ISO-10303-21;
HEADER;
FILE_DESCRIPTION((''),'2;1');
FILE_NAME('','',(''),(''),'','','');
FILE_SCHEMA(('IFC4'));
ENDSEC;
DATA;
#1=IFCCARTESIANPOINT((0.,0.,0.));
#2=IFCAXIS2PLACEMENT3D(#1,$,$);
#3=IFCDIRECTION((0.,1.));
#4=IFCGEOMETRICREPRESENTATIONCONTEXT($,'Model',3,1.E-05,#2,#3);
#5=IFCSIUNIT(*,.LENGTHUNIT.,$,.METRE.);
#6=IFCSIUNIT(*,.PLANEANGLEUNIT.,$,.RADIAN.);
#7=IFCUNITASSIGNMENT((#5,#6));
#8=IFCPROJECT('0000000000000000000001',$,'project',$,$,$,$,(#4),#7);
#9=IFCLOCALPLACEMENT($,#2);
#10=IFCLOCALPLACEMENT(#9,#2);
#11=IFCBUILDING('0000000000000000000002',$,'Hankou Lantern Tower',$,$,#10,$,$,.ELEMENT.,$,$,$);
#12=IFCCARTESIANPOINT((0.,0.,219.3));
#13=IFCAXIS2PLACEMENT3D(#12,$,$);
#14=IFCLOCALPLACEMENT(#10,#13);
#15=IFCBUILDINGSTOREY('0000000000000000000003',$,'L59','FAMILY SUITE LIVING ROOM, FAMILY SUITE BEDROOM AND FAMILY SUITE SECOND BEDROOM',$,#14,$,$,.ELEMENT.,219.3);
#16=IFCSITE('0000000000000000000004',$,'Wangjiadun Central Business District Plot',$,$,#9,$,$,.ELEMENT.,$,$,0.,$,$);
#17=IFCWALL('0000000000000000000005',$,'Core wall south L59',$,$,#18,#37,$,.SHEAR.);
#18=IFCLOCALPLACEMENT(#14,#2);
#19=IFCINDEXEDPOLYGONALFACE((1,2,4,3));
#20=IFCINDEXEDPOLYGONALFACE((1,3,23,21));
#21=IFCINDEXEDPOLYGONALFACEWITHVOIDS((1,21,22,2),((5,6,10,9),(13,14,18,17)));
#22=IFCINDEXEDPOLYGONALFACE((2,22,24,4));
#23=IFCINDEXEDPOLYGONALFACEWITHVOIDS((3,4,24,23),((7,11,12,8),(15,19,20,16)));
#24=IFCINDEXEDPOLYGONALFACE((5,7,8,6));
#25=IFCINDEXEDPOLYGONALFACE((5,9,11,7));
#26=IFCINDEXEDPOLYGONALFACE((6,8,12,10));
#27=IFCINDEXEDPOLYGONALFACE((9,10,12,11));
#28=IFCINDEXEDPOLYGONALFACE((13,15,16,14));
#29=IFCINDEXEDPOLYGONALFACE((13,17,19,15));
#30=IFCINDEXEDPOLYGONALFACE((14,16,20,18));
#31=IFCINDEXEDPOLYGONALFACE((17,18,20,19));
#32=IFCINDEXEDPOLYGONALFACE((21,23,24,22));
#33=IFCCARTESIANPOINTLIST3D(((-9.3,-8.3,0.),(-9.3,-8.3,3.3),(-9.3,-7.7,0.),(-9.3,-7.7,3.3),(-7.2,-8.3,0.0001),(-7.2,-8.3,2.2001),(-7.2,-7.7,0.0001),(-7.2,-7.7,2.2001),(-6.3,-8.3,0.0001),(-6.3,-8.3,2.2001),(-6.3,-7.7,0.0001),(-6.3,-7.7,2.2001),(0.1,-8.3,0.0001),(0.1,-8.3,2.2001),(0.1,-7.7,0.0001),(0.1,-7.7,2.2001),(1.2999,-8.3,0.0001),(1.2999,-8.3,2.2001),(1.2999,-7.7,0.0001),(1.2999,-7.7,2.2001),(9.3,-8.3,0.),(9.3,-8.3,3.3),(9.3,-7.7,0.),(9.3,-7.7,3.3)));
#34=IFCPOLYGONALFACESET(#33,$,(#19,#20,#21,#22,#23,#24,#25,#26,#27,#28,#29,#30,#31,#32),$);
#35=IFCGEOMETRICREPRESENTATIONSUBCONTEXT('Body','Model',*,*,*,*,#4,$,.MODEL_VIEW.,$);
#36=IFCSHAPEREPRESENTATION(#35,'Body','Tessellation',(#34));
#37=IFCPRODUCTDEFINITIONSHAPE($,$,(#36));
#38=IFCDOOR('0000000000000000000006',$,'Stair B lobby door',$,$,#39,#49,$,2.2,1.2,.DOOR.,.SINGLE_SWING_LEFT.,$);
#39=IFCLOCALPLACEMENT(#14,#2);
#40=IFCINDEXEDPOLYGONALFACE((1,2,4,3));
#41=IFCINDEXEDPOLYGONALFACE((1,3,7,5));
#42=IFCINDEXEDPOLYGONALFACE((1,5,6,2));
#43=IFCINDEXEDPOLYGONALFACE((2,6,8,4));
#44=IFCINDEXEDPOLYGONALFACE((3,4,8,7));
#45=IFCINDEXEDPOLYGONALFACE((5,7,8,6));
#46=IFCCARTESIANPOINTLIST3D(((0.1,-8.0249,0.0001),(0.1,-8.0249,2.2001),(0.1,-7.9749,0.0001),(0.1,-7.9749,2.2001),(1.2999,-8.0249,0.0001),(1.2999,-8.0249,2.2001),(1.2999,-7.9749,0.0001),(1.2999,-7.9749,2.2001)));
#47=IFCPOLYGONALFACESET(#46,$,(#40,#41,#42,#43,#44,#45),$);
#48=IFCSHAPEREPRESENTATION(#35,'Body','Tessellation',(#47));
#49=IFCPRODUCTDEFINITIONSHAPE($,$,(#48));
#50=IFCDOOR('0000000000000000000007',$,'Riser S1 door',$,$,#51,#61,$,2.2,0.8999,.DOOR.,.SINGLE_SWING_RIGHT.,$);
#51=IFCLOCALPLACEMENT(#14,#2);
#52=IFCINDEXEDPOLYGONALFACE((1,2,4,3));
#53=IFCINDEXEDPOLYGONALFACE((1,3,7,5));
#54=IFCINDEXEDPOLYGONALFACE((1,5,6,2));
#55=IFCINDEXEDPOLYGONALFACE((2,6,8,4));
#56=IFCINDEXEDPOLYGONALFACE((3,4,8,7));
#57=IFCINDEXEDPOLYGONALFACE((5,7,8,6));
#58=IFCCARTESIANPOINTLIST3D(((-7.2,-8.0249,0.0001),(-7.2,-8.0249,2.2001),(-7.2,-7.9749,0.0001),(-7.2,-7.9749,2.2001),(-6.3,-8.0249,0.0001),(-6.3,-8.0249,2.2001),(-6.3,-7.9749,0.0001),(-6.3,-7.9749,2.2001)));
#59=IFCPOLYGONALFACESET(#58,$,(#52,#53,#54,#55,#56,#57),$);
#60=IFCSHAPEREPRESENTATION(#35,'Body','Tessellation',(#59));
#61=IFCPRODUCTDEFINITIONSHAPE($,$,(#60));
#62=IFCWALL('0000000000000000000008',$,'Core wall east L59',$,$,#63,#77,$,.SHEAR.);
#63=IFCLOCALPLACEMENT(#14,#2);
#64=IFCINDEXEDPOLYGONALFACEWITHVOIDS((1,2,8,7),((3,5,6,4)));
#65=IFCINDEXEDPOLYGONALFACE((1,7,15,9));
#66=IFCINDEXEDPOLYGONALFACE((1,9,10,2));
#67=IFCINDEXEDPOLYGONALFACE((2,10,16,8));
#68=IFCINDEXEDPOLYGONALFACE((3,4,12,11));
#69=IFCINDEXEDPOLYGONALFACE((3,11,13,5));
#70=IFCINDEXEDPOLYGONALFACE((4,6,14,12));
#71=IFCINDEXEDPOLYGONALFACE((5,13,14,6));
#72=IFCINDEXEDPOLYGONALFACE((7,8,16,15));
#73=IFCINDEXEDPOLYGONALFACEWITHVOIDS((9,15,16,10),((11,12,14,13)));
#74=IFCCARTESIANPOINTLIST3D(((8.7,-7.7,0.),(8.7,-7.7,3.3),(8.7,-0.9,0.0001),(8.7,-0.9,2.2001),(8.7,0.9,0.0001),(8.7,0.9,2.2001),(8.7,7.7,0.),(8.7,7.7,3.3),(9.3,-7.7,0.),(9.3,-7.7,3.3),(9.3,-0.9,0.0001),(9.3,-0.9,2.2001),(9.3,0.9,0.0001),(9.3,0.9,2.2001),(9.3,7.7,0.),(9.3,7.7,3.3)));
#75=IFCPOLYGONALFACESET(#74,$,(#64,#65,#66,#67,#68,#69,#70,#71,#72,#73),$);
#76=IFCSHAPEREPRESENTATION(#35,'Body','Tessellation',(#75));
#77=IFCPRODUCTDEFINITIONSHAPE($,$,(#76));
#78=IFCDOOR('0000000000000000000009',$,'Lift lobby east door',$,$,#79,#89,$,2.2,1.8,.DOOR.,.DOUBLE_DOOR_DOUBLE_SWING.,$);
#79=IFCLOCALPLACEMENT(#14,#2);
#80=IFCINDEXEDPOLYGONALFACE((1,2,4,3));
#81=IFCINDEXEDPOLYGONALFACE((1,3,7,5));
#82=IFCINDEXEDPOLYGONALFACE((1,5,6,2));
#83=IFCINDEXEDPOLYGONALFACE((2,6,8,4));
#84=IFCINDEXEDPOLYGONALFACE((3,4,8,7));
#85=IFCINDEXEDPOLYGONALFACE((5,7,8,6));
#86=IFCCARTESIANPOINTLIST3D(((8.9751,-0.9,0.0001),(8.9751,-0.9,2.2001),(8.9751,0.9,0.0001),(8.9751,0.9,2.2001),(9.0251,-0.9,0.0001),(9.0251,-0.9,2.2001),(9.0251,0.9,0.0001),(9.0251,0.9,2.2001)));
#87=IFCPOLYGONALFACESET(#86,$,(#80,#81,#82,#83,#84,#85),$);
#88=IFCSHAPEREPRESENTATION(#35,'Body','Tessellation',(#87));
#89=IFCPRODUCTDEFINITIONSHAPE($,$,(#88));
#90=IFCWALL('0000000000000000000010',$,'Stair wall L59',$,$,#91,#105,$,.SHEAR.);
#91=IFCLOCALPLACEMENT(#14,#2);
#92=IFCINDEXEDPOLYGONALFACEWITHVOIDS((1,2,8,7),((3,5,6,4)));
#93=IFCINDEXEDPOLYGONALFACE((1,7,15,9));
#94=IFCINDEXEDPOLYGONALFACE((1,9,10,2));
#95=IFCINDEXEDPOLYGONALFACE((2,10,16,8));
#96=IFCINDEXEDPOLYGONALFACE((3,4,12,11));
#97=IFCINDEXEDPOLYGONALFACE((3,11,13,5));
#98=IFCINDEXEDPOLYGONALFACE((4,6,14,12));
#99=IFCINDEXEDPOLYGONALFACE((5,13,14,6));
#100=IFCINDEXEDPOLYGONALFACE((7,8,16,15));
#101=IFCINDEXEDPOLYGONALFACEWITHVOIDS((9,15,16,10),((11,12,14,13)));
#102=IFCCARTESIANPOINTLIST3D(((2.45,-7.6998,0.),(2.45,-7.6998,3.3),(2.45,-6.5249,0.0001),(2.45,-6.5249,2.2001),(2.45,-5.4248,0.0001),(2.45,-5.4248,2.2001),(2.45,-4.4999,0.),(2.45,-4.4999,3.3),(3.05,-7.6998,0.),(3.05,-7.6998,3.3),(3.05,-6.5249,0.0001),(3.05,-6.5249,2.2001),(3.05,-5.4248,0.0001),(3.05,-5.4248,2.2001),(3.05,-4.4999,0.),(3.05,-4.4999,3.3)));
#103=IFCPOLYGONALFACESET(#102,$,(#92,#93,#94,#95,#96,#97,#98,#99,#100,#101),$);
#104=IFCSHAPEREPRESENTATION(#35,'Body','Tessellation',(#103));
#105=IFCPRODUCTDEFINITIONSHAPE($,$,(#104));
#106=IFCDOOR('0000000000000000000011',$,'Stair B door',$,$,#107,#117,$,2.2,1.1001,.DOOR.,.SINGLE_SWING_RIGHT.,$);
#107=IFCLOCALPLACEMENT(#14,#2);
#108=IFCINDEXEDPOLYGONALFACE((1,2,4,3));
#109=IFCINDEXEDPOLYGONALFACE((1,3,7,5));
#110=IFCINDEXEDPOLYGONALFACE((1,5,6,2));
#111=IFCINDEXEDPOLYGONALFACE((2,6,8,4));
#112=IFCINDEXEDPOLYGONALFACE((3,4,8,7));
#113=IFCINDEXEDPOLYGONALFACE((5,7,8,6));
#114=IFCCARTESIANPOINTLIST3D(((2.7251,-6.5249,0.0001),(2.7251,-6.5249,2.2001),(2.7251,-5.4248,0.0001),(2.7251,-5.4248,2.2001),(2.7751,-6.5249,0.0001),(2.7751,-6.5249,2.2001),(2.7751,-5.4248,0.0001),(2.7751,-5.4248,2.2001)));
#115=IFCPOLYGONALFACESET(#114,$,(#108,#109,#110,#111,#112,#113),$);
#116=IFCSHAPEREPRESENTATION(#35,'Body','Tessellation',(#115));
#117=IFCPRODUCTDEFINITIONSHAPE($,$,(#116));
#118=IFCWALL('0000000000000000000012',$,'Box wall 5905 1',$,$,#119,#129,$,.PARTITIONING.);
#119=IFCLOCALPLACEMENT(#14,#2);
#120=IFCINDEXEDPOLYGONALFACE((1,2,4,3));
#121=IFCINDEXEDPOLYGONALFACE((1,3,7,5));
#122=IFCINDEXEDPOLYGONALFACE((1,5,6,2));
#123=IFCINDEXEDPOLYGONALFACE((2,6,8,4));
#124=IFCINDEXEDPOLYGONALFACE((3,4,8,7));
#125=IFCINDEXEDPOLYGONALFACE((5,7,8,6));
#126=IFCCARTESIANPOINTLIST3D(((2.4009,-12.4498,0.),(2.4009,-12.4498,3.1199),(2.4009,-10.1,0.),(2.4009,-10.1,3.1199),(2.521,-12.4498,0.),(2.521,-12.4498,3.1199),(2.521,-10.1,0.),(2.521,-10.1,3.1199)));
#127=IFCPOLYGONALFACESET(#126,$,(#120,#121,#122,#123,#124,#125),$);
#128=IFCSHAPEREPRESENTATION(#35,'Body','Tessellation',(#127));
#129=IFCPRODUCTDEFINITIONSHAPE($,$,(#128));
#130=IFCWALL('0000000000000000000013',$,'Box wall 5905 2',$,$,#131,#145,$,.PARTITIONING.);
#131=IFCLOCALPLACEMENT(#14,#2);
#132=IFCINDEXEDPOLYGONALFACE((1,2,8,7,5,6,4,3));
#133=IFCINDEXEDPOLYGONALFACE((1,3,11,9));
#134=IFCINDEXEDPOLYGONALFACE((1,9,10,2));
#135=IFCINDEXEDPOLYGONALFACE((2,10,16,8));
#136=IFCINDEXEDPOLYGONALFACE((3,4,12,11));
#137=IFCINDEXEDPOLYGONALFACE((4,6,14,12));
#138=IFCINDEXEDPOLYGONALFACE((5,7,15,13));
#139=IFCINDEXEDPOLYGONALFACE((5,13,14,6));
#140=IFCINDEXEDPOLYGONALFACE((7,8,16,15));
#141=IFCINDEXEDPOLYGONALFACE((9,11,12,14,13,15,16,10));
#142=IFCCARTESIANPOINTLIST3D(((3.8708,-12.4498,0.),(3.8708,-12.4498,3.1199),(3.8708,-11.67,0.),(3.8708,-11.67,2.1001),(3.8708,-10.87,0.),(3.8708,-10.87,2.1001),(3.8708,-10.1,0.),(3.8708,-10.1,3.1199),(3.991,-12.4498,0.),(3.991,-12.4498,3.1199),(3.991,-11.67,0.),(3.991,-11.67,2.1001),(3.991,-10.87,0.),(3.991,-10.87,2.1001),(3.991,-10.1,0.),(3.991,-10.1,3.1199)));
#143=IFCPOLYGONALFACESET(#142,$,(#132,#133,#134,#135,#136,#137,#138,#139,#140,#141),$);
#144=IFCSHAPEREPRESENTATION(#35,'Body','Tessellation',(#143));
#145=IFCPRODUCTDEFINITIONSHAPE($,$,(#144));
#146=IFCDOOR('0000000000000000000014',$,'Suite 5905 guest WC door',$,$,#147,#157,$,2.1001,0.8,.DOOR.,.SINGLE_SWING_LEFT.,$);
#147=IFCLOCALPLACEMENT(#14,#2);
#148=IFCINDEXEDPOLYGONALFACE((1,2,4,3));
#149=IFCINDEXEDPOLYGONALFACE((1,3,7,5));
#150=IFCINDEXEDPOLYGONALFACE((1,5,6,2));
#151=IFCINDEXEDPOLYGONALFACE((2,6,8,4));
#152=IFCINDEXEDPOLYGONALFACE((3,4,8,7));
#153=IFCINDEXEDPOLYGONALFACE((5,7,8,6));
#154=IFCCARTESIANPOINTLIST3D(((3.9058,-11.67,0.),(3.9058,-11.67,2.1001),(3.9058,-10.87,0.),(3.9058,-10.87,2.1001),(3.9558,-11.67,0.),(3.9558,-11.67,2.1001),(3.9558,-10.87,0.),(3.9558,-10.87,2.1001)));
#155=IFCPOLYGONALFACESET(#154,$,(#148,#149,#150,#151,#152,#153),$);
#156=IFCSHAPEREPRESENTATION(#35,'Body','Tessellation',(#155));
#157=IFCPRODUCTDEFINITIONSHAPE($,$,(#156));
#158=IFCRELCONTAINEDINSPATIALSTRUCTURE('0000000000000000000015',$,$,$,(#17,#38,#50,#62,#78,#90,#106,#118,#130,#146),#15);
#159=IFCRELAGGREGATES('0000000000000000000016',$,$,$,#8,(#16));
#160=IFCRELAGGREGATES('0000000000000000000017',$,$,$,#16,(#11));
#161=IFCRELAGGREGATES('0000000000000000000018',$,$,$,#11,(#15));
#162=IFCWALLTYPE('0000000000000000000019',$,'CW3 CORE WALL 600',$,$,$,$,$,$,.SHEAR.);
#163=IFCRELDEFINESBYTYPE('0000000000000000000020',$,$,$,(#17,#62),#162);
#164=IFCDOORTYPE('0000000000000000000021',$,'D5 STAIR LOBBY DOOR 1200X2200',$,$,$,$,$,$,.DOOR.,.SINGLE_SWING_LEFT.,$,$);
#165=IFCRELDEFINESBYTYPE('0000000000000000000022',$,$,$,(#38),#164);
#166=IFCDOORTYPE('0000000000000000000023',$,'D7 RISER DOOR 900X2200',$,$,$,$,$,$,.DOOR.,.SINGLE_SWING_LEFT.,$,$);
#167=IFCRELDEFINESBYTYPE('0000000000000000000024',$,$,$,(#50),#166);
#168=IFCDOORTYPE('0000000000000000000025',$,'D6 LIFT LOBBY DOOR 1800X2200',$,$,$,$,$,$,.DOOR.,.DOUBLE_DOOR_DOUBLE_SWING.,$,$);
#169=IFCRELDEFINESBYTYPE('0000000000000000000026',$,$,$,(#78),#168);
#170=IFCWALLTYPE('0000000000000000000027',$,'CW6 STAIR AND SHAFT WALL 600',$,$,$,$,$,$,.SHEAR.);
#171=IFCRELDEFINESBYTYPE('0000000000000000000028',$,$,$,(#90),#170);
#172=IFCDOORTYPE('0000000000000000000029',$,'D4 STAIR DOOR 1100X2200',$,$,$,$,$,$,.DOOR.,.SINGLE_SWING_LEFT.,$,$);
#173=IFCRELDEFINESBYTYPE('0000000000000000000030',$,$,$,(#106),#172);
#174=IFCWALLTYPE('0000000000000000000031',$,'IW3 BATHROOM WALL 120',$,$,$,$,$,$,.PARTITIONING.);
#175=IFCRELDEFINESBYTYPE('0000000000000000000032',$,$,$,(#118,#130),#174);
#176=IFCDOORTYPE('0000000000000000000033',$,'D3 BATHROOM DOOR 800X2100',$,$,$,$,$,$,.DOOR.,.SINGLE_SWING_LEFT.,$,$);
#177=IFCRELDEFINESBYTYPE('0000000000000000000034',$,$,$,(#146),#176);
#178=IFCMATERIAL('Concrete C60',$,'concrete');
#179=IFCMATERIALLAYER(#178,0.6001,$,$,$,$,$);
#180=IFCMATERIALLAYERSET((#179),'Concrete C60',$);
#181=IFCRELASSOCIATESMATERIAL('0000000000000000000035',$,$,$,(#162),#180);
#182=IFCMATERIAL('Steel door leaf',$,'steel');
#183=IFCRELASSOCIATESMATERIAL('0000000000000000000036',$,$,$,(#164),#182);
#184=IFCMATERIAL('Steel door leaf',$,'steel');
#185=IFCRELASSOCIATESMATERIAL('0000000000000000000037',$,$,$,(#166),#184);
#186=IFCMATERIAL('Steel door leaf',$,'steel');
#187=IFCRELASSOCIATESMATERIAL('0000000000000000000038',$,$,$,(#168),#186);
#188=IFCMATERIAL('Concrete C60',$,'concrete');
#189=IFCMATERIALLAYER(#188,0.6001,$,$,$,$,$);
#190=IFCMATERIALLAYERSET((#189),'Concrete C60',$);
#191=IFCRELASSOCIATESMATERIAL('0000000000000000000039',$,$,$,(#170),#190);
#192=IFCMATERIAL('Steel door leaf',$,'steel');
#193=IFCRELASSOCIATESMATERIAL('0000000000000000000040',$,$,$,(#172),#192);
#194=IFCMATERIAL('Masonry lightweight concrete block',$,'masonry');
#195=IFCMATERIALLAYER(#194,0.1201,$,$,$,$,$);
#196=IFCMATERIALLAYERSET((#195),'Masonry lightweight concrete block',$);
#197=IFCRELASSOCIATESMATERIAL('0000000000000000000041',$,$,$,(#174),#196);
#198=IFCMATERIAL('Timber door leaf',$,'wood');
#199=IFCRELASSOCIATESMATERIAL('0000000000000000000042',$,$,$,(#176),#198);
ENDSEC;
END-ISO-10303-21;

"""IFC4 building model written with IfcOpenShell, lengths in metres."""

from ifc_helpers import new_model, si_unit, direction, frame, frame_2d, origin, place, context, subcontext, project, spatial, rectangle, extrude, material, layer, layer_set, type_object, element, fill, save


model = new_model("IFC4")

# Units and contexts
model_context = context("Model", 3, precision=1e-05, world=origin(), true_north=direction((0.0, 1.0)))
body_context = subcontext(model_context, "Body", "Model", "MODEL_VIEW")
ifc_project = project(units=[si_unit("LENGTHUNIT", "METRE"), si_unit("PLANEANGLEUNIT", "RADIAN")], contexts=[model_context])

# Site, building, storey
site_placement = place(None, origin())
site = spatial("IfcSite", under=ifc_project, at=site_placement, Name="Wangjiadun Central Business District Plot", CompositionType="ELEMENT", RefElevation=0.0)
building_placement = place(site_placement, origin())
building = spatial("IfcBuilding", under=site, at=building_placement, Name="Hankou Lantern Tower", CompositionType="ELEMENT")
storey_placement = place(building_placement, frame((0.0, 0.0, 219.3)))
storey = spatial("IfcBuildingStorey", under=building, at=storey_placement, Name="L59", Description="FAMILY SUITE LIVING ROOM, FAMILY SUITE BEDROOM AND FAMILY SUITE SECOND BEDROOM", CompositionType="ELEMENT", Elevation=219.3)

# Wall, openings, doors
ifc_material_1 = material(Name="Concrete C60", Category="concrete")
ifc_layer_1 = layer(ifc_material_1, 0.6001)
ifc_layer_set_1 = layer_set([ifc_layer_1], Name="Concrete C60")
wall_type_1 = type_object("IfcWallType", Name="CW3 CORE WALL 600", PredefinedType="SHEAR", material=ifc_layer_set_1)
wall_1_placement = place(storey_placement, frame((9.3, -8.0, 0.0), z_axis=(0.0, 0.0, 1.0), x_axis=(-1.0, 0.0, 0.0)))
wall_1 = element("IfcWall", 1, at=wall_1_placement, inside=storey, type_object=wall_type_1, Name="Core wall south L59", PredefinedType="SHEAR", context=body_context, shape_type="SweptSolid", body=[
    extrude(rectangle(XDim=18.6001, YDim=0.6001, at=frame_2d((9.3, 0.0))), origin(), (0.0, 0.0, 1.0), 3.3),
])
opening_1_placement = place(wall_1_placement, frame((8.0, 0.0, 0.0)))
opening_1 = element("IfcOpeningElement", 2, at=opening_1_placement, cuts=wall_1, PredefinedType="OPENING", context=body_context, shape_type="SweptSolid", body=[
    extrude(rectangle(XDim=1.2, YDim=2.2, at=frame_2d((0.6001, 1.1001))), frame((0.0, 0.3101, 0.0), z_axis=(0.0, -1.0, 0.0), x_axis=(1.0, 0.0, 0.0)), (0.0, 0.0, 1.0), 0.6201),
])
opening_2_placement = place(wall_1_placement, frame((15.6001, 0.0, 0.0)))
opening_2 = element("IfcOpeningElement", 3, at=opening_2_placement, cuts=wall_1, PredefinedType="OPENING", context=body_context, shape_type="SweptSolid", body=[
    extrude(rectangle(XDim=0.8999, YDim=2.2, at=frame_2d((0.45, 1.1001))), frame((0.0, 0.3101, 0.0), z_axis=(0.0, -1.0, 0.0), x_axis=(1.0, 0.0, 0.0)), (0.0, 0.0, 1.0), 0.6201),
])
ifc_material_2 = material(Name="Steel door leaf", Category="steel")
door_type_1 = type_object("IfcDoorType", Name="D5 STAIR LOBBY DOOR 1200X2200", OperationType="SINGLE_SWING_LEFT", PredefinedType="DOOR", material=ifc_material_2)
door_1_placement = place(opening_1_placement, origin())
door_1 = element("IfcDoor", 4, at=door_1_placement, inside=storey, type_object=door_type_1, Name="Stair B lobby door", OperationType="SINGLE_SWING_LEFT", OverallHeight=2.2, OverallWidth=1.2, PredefinedType="DOOR", context=body_context, shape_type="SweptSolid", body=[
    extrude(rectangle(XDim=1.2, YDim=2.2, at=frame_2d((0.6001, 1.1001))), frame((0.0, 0.0249, 0.0), z_axis=(0.0, -1.0, 0.0), x_axis=(1.0, 0.0, 0.0)), (0.0, 0.0, 1.0), 0.05),
])
fill(opening_1, door_1)
ifc_material_3 = material(Name="Steel door leaf", Category="steel")
door_type_2 = type_object("IfcDoorType", Name="D7 RISER DOOR 900X2200", OperationType="SINGLE_SWING_LEFT", PredefinedType="DOOR", material=ifc_material_3)
door_2_placement = place(opening_2_placement, origin())
door_2 = element("IfcDoor", 5, at=door_2_placement, inside=storey, type_object=door_type_2, Name="Riser S1 door", OperationType="SINGLE_SWING_RIGHT", OverallHeight=2.2, OverallWidth=0.8999, PredefinedType="DOOR", context=body_context, shape_type="SweptSolid", body=[
    extrude(rectangle(XDim=0.8999, YDim=2.2, at=frame_2d((0.45, 1.1001))), frame((0.0, 0.0249, 0.0), z_axis=(0.0, -1.0, 0.0), x_axis=(1.0, 0.0, 0.0)), (0.0, 0.0, 1.0), 0.05),
])
fill(opening_2, door_2)

# Walls, openings, doors
wall_2_placement = place(storey_placement, frame((9.0, -7.7, 0.0), z_axis=(0.0, 0.0, 1.0), x_axis=(0.0, 1.0, 0.0)))
wall_2 = element("IfcWall", 6, at=wall_2_placement, inside=storey, type_object=wall_type_1, Name="Core wall east L59", PredefinedType="SHEAR", context=body_context, shape_type="SweptSolid", body=[
    extrude(rectangle(XDim=15.3999, YDim=0.6001, at=frame_2d((7.7, 0.0))), origin(), (0.0, 0.0, 1.0), 3.3),
])
opening_3_placement = place(wall_2_placement, frame((6.8, 0.0, 0.0)))
opening_3 = element("IfcOpeningElement", 7, at=opening_3_placement, cuts=wall_2, PredefinedType="OPENING", context=body_context, shape_type="SweptSolid", body=[
    extrude(rectangle(XDim=1.8, YDim=2.2, at=frame_2d((0.8999, 1.1001))), frame((0.0, 0.3101, 0.0), z_axis=(0.0, -1.0, 0.0), x_axis=(1.0, 0.0, 0.0)), (0.0, 0.0, 1.0), 0.6201),
])
ifc_material_4 = material(Name="Steel door leaf", Category="steel")
door_type_3 = type_object("IfcDoorType", Name="D6 LIFT LOBBY DOOR 1800X2200", OperationType="DOUBLE_DOOR_DOUBLE_SWING", PredefinedType="DOOR", material=ifc_material_4)
door_3_placement = place(opening_3_placement, origin())
door_3 = element("IfcDoor", 8, at=door_3_placement, inside=storey, type_object=door_type_3, Name="Lift lobby east door", OperationType="DOUBLE_DOOR_DOUBLE_SWING", OverallHeight=2.2, OverallWidth=1.8, PredefinedType="DOOR", context=body_context, shape_type="SweptSolid", body=[
    extrude(rectangle(XDim=1.8, YDim=2.2, at=frame_2d((0.8999, 1.1001))), frame((0.0, 0.0249, 0.0), z_axis=(0.0, -1.0, 0.0), x_axis=(1.0, 0.0, 0.0)), (0.0, 0.0, 1.0), 0.05),
])
fill(opening_3, door_3)
ifc_material_5 = material(Name="Concrete C60", Category="concrete")
ifc_layer_2 = layer(ifc_material_5, 0.6001)
ifc_layer_set_2 = layer_set([ifc_layer_2], Name="Concrete C60")
wall_type_2 = type_object("IfcWallType", Name="CW6 STAIR AND SHAFT WALL 600", PredefinedType="SHEAR", material=ifc_layer_set_2)
wall_3_placement = place(storey_placement, frame((2.75, -7.7, 0.0), z_axis=(0.0, 0.0, 1.0), x_axis=(0.0, 1.0, 0.0)))
wall_3 = element("IfcWall", 9, at=wall_3_placement, inside=storey, type_object=wall_type_2, Name="Stair wall L59", PredefinedType="SHEAR", context=body_context, shape_type="SweptSolid", body=[
    extrude(rectangle(XDim=3.2, YDim=0.6001, at=frame_2d((1.6001, 0.0))), origin(), (0.0, 0.0, 1.0), 3.3),
])
opening_4_placement = place(wall_3_placement, frame((1.175, 0.0, 0.0)))
opening_4 = element("IfcOpeningElement", 10, at=opening_4_placement, cuts=wall_3, PredefinedType="OPENING", context=body_context, shape_type="SweptSolid", body=[
    extrude(rectangle(XDim=1.1001, YDim=2.2, at=frame_2d((0.55, 1.1001))), frame((0.0, 0.3101, 0.0), z_axis=(0.0, -1.0, 0.0), x_axis=(1.0, 0.0, 0.0)), (0.0, 0.0, 1.0), 0.6201),
])
ifc_material_6 = material(Name="Steel door leaf", Category="steel")
door_type_4 = type_object("IfcDoorType", Name="D4 STAIR DOOR 1100X2200", OperationType="SINGLE_SWING_LEFT", PredefinedType="DOOR", material=ifc_material_6)
door_4_placement = place(opening_4_placement, origin())
door_4 = element("IfcDoor", 11, at=door_4_placement, inside=storey, type_object=door_type_4, Name="Stair B door", OperationType="SINGLE_SWING_RIGHT", OverallHeight=2.2, OverallWidth=1.1001, PredefinedType="DOOR", context=body_context, shape_type="SweptSolid", body=[
    extrude(rectangle(XDim=1.1001, YDim=2.2, at=frame_2d((0.55, 1.1001))), frame((0.0, 0.0249, 0.0), z_axis=(0.0, -1.0, 0.0), x_axis=(1.0, 0.0, 0.0)), (0.0, 0.0, 1.0), 0.05),
])
fill(opening_4, door_4)

# Wall
ifc_material_7 = material(Name="Masonry lightweight concrete block", Category="masonry")
ifc_layer_3 = layer(ifc_material_7, 0.1201)
ifc_layer_set_3 = layer_set([ifc_layer_3], Name="Masonry lightweight concrete block")
wall_type_3 = type_object("IfcWallType", Name="IW3 BATHROOM WALL 120", PredefinedType="PARTITIONING", material=ifc_layer_set_3)
wall_4_placement = place(storey_placement, frame((2.4609, -10.1001, 0.0), z_axis=(0.0, 0.0, 1.0), x_axis=(0.0, -1.0, 0.0)))
element("IfcWall", 12, at=wall_4_placement, inside=storey, type_object=wall_type_3, Name="Box wall 5905 1", PredefinedType="PARTITIONING", context=body_context, shape_type="SweptSolid", body=[
    extrude(rectangle(XDim=2.3499, YDim=0.1201, at=frame_2d((1.1748, 0.0))), origin(), (0.0, 0.0, 1.0), 3.1199),
])

# Wall, opening, door
wall_5_placement = place(storey_placement, frame((3.9309, -10.1001, 0.0), z_axis=(0.0, 0.0, 1.0), x_axis=(0.0, -1.0, 0.0)))
wall_5 = element("IfcWall", 13, at=wall_5_placement, inside=storey, type_object=wall_type_3, Name="Box wall 5905 2", PredefinedType="PARTITIONING", context=body_context, shape_type="SweptSolid", body=[
    extrude(rectangle(XDim=2.3499, YDim=0.1201, at=frame_2d((1.1748, 0.0))), origin(), (0.0, 0.0, 1.0), 3.1199),
])
opening_5_placement = place(wall_5_placement, frame((0.77, 0.0, 0.0)))
opening_5 = element("IfcOpeningElement", 14, at=opening_5_placement, cuts=wall_5, PredefinedType="OPENING", context=body_context, shape_type="SweptSolid", body=[
    extrude(rectangle(XDim=0.8, YDim=2.1001, at=frame_2d((0.3999, 1.05))), frame((0.0, 0.0701, 0.0), z_axis=(0.0, -1.0, 0.0), x_axis=(1.0, 0.0, 0.0)), (0.0, 0.0, 1.0), 0.1401),
])
ifc_material_8 = material(Name="Timber door leaf", Category="wood")
door_type_5 = type_object("IfcDoorType", Name="D3 BATHROOM DOOR 800X2100", OperationType="SINGLE_SWING_LEFT", PredefinedType="DOOR", material=ifc_material_8)
door_5_placement = place(opening_5_placement, origin())
door_5 = element("IfcDoor", 15, at=door_5_placement, inside=storey, type_object=door_type_5, Name="Suite 5905 guest WC door", OperationType="SINGLE_SWING_LEFT", OverallHeight=2.1001, OverallWidth=0.8, PredefinedType="DOOR", context=body_context, shape_type="SweptSolid", body=[
    extrude(rectangle(XDim=0.8, YDim=2.1001, at=frame_2d((0.3999, 1.05))), frame((0.0, 0.0249, 0.0), z_axis=(0.0, -1.0, 0.0), x_axis=(1.0, 0.0, 0.0)), (0.0, 0.0, 1.0), 0.05),
])
fill(opening_5, door_5)

save(model, "model.ifc")
